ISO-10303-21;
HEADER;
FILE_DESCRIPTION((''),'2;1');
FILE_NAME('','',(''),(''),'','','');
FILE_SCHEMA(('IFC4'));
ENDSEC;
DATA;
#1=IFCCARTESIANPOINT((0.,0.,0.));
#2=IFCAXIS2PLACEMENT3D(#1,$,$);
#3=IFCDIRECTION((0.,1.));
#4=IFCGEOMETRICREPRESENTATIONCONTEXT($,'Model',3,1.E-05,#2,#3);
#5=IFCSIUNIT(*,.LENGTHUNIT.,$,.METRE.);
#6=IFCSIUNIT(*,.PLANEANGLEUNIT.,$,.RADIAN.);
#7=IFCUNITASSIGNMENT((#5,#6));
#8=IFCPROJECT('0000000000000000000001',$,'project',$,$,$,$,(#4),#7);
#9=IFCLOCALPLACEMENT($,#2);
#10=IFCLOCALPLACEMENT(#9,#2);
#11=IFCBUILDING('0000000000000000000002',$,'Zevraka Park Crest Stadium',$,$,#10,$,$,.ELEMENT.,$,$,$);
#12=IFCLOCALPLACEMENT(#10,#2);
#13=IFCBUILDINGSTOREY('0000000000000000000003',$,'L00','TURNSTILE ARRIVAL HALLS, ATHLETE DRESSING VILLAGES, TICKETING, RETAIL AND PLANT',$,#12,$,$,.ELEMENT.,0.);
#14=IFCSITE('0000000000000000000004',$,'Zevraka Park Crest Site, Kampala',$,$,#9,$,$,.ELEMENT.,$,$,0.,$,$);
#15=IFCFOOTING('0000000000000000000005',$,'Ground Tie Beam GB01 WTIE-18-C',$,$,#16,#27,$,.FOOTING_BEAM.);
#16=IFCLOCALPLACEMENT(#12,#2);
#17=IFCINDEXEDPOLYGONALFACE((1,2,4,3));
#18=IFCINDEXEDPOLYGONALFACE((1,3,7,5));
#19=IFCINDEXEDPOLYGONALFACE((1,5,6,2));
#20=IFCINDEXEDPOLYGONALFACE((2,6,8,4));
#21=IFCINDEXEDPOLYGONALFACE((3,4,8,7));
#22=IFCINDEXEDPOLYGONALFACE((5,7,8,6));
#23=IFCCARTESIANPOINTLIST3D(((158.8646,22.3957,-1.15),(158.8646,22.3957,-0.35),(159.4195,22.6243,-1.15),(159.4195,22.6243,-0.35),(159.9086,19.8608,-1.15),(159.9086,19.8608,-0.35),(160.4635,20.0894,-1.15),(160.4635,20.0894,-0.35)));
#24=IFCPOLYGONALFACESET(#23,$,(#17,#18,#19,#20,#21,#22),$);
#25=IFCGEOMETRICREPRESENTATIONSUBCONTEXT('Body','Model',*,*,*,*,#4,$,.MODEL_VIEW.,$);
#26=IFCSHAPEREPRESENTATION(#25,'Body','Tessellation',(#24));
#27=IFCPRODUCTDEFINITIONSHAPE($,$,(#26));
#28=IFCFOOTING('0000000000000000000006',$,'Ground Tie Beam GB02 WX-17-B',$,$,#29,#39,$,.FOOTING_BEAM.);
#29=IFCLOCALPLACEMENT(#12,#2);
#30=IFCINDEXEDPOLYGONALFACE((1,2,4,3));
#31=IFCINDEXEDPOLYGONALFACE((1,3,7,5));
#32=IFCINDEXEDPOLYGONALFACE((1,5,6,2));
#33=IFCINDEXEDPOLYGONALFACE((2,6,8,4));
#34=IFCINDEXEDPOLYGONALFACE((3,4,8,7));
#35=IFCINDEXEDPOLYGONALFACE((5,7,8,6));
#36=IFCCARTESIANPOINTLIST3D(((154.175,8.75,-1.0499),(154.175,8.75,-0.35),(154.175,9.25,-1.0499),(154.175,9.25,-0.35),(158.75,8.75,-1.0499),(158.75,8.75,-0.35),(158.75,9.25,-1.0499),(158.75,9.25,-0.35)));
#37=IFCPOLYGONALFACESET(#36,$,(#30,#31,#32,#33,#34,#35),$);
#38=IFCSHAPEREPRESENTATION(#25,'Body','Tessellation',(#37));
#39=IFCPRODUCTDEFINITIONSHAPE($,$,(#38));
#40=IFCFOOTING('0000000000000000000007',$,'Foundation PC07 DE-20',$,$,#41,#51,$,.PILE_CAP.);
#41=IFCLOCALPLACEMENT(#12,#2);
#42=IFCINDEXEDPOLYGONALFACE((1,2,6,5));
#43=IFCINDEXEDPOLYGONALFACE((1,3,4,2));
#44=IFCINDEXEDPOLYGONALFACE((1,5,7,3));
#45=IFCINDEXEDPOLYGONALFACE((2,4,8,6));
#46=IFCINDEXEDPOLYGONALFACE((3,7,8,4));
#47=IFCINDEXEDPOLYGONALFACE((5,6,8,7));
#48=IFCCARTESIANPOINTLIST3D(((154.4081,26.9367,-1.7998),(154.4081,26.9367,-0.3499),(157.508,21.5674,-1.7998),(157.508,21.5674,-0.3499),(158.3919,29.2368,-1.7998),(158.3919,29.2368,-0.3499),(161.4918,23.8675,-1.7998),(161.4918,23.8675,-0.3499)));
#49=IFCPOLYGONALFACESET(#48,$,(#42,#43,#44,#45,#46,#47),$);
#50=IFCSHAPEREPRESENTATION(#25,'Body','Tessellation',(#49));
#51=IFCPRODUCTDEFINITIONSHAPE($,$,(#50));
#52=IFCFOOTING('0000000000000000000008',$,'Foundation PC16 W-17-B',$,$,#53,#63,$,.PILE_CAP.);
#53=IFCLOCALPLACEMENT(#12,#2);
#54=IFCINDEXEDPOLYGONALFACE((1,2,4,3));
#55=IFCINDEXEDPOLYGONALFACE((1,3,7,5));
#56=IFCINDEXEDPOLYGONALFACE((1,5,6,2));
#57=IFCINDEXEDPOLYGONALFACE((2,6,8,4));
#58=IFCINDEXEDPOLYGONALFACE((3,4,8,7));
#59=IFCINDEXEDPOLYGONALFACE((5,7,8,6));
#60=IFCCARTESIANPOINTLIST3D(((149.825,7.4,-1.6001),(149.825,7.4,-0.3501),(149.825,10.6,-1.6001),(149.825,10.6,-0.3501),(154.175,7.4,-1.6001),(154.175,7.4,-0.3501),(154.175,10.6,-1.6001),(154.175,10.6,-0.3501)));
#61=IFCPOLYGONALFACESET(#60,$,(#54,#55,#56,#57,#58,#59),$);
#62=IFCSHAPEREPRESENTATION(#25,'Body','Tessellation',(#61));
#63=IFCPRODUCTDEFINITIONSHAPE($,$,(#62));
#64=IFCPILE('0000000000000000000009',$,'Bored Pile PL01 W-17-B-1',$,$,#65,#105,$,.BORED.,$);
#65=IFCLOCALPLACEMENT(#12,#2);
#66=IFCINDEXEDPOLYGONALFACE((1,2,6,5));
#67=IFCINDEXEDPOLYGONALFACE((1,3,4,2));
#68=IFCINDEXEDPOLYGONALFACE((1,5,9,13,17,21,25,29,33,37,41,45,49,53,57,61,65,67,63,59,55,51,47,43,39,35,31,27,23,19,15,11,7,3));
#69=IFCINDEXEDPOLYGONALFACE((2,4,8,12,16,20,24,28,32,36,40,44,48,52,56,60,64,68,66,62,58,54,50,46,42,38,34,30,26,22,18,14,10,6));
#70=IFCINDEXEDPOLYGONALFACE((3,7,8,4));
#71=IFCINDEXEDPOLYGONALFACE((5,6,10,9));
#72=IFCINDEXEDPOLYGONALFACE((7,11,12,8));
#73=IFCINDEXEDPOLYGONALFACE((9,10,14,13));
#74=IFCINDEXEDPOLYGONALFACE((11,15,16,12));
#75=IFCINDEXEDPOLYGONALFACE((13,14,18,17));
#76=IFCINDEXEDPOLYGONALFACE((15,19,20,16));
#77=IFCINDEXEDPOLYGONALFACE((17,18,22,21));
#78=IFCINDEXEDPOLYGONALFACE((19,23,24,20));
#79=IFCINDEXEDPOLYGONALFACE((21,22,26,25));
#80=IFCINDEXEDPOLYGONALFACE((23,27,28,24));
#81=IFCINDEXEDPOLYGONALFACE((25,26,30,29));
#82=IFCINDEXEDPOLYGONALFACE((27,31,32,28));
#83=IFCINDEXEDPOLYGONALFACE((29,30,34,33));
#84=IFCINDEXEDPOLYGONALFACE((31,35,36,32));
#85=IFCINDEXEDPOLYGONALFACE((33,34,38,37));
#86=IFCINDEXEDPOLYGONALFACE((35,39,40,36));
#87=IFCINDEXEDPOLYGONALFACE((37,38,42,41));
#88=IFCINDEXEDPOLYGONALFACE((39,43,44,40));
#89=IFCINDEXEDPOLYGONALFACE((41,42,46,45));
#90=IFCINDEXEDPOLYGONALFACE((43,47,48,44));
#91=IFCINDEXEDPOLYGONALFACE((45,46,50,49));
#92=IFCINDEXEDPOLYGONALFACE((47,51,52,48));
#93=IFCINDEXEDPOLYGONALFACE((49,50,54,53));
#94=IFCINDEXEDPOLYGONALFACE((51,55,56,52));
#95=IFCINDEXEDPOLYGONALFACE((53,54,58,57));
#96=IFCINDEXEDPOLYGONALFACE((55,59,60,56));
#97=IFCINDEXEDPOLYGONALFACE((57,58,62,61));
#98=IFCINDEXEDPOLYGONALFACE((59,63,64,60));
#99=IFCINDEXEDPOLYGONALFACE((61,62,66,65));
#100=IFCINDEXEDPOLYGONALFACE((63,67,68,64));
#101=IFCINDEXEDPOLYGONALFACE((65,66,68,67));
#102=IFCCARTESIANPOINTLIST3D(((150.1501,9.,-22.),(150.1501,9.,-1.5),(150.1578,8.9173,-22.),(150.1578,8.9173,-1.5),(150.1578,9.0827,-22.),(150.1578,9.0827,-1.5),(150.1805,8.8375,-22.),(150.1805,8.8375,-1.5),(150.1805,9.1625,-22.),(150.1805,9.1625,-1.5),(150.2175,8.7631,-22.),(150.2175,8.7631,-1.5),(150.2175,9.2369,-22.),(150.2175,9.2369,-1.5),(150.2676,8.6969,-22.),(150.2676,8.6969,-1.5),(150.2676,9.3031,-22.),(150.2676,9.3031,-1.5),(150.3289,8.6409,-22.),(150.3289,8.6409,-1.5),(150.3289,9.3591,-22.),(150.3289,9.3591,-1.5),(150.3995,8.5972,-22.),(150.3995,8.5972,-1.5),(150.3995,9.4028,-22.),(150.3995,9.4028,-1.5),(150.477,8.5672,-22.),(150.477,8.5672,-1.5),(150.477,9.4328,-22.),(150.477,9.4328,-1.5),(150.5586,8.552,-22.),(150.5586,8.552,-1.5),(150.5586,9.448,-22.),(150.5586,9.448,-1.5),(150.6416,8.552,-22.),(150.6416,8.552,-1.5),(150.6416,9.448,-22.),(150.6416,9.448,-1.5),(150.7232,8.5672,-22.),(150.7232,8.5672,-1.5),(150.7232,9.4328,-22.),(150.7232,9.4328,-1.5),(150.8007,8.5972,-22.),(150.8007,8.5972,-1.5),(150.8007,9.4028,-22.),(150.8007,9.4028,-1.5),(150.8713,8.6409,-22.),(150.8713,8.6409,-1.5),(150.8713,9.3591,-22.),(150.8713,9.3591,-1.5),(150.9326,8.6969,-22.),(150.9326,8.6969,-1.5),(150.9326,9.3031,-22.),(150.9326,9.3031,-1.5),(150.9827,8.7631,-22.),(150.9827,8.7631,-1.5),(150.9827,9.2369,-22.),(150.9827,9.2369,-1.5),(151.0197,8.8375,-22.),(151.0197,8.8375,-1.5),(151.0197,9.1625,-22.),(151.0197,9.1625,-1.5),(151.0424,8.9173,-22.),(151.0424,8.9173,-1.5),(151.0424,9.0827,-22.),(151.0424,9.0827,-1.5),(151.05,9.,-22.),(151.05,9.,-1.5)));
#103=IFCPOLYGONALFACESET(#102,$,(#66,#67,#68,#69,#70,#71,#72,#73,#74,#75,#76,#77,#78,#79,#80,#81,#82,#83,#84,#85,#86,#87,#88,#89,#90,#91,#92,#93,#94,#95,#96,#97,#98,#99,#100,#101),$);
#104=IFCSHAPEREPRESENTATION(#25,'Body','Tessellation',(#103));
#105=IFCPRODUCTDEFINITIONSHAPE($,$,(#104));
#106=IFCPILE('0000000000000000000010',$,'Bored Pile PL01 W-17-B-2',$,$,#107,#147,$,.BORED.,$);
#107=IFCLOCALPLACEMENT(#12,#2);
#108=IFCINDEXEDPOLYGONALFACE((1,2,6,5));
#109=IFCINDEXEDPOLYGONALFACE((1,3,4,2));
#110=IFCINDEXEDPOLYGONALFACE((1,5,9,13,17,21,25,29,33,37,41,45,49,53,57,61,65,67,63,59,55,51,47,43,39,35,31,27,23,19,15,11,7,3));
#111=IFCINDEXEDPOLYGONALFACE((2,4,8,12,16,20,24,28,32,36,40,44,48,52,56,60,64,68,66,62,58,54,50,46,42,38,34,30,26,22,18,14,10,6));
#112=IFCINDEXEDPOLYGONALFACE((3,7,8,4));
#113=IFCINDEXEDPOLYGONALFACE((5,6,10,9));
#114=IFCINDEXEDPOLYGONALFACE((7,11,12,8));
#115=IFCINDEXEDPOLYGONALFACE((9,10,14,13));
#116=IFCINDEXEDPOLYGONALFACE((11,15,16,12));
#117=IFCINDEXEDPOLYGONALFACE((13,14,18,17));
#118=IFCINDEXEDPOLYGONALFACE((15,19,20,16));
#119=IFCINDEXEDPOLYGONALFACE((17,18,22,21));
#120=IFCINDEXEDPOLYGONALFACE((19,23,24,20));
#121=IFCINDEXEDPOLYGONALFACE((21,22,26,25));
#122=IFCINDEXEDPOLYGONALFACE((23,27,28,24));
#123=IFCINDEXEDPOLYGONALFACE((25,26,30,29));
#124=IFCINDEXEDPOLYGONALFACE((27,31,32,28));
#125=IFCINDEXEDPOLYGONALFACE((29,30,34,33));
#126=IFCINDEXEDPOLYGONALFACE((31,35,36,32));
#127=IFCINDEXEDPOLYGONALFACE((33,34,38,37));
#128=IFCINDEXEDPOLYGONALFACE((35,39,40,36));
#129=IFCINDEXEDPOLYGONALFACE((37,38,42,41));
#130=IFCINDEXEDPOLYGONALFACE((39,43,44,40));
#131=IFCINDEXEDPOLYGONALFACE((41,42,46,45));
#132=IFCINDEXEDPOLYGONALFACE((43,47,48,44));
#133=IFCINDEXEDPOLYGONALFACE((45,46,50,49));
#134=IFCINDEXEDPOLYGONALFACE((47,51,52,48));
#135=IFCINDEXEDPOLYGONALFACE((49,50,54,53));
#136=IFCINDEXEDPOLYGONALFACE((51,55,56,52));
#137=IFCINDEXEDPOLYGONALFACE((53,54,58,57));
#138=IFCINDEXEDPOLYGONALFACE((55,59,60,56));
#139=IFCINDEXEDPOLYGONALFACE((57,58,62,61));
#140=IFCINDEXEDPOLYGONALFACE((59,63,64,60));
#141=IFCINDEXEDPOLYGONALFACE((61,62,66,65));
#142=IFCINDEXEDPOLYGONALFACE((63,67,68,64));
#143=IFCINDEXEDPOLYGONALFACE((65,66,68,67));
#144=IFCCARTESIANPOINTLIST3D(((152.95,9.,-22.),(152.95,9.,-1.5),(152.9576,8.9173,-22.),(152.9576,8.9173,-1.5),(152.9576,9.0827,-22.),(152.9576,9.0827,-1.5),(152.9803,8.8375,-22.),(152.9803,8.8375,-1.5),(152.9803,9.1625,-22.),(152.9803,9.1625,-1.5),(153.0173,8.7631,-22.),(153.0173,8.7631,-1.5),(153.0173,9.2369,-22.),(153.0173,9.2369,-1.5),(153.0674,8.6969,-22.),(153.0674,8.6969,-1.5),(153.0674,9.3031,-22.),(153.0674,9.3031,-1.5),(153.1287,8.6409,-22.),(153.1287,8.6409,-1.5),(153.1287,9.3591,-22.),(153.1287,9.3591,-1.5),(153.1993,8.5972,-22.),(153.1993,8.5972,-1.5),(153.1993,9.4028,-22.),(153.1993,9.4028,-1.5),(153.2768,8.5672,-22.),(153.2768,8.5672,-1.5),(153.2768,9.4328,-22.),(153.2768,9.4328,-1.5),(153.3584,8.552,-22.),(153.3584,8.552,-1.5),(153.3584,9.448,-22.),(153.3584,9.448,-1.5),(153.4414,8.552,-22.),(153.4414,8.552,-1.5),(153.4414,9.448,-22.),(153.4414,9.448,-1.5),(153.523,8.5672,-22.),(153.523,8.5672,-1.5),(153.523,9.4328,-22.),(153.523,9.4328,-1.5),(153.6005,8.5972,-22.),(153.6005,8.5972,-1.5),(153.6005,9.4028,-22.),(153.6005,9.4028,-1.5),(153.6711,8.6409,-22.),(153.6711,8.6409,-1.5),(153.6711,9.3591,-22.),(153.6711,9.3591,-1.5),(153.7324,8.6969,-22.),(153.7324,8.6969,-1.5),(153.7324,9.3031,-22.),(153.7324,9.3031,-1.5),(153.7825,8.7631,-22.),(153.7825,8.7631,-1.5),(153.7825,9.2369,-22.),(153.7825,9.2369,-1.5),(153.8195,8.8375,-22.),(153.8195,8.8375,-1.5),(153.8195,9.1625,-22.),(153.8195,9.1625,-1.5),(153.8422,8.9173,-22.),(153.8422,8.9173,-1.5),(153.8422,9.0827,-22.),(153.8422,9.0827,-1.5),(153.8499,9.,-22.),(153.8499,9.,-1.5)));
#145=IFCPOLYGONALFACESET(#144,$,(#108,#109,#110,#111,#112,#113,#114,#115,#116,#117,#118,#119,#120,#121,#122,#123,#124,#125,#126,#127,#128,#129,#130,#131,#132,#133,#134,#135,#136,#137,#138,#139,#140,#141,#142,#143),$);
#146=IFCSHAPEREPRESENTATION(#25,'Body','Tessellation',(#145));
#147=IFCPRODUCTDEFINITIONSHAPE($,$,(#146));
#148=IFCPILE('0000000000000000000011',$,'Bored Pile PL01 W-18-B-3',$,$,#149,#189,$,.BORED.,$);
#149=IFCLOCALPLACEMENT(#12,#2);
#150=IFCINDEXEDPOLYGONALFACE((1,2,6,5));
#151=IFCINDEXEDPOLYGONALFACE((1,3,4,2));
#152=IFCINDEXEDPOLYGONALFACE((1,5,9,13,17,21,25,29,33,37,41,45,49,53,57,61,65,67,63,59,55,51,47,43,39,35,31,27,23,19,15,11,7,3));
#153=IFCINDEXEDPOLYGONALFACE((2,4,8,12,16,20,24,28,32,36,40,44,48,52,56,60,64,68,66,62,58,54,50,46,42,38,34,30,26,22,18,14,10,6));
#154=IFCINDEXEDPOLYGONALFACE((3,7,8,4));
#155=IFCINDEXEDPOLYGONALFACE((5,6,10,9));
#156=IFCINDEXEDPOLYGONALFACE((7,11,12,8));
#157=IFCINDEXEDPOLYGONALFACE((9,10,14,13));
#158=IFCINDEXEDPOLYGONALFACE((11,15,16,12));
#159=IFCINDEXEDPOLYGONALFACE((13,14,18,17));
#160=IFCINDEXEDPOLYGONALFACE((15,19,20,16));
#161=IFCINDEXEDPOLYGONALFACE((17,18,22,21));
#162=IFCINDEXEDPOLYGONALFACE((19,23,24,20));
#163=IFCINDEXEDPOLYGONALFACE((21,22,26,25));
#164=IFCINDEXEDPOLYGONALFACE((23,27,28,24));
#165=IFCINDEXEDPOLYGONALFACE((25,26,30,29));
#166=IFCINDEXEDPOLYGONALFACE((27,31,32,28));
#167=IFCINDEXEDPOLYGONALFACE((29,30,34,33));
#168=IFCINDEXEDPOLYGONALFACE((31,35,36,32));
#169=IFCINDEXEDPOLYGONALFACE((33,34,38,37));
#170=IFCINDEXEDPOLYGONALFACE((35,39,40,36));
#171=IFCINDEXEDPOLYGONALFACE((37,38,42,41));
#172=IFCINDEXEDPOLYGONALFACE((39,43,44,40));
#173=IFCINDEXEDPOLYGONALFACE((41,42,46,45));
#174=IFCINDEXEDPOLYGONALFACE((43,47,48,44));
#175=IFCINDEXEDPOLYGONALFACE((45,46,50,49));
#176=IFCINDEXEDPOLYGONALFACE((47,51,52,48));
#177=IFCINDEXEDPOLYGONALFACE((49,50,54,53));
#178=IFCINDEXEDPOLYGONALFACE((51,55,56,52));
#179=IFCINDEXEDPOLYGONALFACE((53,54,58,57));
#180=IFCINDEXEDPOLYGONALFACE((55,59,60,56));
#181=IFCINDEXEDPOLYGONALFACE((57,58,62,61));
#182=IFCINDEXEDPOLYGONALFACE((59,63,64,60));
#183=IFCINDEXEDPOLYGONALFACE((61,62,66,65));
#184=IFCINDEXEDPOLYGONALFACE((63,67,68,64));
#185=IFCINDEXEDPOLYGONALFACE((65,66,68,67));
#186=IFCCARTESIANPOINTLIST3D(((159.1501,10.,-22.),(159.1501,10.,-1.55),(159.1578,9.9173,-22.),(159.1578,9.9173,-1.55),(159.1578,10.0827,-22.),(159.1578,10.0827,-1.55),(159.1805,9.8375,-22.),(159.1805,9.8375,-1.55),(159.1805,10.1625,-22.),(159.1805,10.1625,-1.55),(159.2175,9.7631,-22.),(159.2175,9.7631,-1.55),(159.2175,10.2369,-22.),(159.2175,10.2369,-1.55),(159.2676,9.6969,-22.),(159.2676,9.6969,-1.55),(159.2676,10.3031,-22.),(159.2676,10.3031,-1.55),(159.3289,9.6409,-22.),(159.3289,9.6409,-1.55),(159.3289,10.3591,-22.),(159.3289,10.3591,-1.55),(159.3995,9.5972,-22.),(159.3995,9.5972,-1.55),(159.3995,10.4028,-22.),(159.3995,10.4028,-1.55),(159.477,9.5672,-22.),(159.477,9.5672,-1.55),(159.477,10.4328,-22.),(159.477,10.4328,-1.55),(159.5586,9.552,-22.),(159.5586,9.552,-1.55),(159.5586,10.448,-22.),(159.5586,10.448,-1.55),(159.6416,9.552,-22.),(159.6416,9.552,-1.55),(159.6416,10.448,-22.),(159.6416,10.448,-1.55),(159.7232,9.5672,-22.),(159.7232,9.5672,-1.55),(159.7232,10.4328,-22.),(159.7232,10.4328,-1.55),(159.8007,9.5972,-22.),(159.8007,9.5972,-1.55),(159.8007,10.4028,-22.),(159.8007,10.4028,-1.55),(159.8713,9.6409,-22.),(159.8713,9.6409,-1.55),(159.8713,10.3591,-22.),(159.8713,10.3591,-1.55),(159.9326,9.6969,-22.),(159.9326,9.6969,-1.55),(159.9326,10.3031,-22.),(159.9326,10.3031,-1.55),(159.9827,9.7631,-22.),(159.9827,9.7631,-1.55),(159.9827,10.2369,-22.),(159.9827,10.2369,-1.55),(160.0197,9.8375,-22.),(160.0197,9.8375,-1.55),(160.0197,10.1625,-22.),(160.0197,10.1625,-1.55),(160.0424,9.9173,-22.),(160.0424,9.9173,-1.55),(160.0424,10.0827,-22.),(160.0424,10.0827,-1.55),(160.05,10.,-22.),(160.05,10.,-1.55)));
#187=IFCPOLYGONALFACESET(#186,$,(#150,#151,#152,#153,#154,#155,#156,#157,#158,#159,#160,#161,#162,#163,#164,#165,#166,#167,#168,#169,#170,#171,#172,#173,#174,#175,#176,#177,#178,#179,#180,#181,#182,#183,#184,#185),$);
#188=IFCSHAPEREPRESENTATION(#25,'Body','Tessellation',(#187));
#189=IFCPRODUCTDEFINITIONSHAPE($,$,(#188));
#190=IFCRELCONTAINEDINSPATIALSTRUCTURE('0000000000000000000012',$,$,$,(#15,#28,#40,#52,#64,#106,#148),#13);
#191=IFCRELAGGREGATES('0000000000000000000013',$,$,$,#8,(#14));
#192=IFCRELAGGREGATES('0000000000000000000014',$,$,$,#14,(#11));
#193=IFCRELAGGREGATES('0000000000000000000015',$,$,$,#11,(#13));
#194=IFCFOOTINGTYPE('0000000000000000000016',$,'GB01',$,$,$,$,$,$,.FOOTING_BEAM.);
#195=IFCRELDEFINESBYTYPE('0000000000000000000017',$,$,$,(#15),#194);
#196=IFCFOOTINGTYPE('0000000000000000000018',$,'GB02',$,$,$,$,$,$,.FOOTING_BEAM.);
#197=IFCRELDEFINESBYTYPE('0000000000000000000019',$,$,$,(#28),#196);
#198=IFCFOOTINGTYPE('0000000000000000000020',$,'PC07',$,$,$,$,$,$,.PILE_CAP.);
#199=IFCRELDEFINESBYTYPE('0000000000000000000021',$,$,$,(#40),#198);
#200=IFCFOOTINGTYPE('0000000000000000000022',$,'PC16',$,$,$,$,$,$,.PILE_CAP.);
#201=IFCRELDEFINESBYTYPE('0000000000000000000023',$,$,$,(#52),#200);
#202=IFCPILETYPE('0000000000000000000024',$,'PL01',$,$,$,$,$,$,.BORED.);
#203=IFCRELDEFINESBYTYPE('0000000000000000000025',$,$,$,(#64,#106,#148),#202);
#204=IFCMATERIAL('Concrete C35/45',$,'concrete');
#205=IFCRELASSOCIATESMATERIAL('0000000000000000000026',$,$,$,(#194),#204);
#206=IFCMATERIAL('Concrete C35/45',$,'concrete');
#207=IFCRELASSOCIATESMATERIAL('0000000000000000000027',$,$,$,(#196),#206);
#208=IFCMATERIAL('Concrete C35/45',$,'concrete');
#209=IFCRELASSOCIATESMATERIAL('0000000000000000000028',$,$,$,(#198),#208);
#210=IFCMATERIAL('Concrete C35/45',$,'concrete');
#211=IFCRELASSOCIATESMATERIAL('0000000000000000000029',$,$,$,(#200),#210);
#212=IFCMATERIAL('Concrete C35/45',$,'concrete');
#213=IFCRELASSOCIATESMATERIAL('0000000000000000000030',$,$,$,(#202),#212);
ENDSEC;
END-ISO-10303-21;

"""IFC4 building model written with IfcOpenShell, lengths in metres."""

from ifc_helpers import new_model, si_unit, direction, frame, origin, origin_2d, place, context, subcontext, project, spatial, rectangle, circle, extrude, material, material_profile, profile_set, type_object, element, save


model = new_model("IFC4")

# Units and contexts
model_context = context("Model", 3, precision=1e-05, world=origin(), true_north=direction((0.0, 1.0)))
body_context = subcontext(model_context, "Body", "Model", "MODEL_VIEW")
ifc_project = project(units=[si_unit("LENGTHUNIT", "METRE"), si_unit("PLANEANGLEUNIT", "RADIAN")], contexts=[model_context])

# Site, building, storey
site_placement = place(None, origin())
site = spatial("IfcSite", under=ifc_project, at=site_placement, Name="Zevraka Park Crest Site, Kampala", CompositionType="ELEMENT", RefElevation=0.0)
building_placement = place(site_placement, origin())
building = spatial("IfcBuilding", under=site, at=building_placement, Name="Zevraka Park Crest Stadium", CompositionType="ELEMENT")
storey_placement = place(building_placement, origin())
storey = spatial("IfcBuildingStorey", under=building, at=storey_placement, Name="L00", Description="TURNSTILE ARRIVAL HALLS, ATHLETE DRESSING VILLAGES, TICKETING, RETAIL AND PLANT", CompositionType="ELEMENT", Elevation=0.0)

# Footings
ifc_material_1 = material(Name="Concrete C35/45", Category="concrete")
ifc_material_profile_1 = material_profile(ifc_material_1, rectangle(XDim=0.6001, YDim=0.8, at=origin_2d()), Name="GB 800x600")
ifc_profile_set_1 = profile_set([ifc_material_profile_1], Name="Concrete C35/45")
footing_type_1 = type_object("IfcFootingType", Name="GB01", PredefinedType="FOOTING_BEAM", material=ifc_profile_set_1)
footing_1_placement = place(storey_placement, frame((160.186, 19.9751, -0.75), z_axis=(-0.380799, 0.924658, 0.0), x_axis=(-0.924658, -0.380799, 0.0)))
element("IfcFooting", 1, at=footing_1_placement, inside=storey, type_object=footing_type_1, Name="Ground Tie Beam GB01 WTIE-18-C", PredefinedType="FOOTING_BEAM", context=body_context, shape_type="SweptSolid", body=[
    extrude(rectangle(XDim=0.6001, YDim=0.8, at=origin_2d()), origin(), (0.0, 0.0, 1.0), 2.7415),
])
ifc_material_2 = material(Name="Concrete C35/45", Category="concrete")
ifc_material_profile_2 = material_profile(ifc_material_2, rectangle(XDim=0.5, YDim=0.7, at=origin_2d()), Name="GB 700x500")
ifc_profile_set_2 = profile_set([ifc_material_profile_2], Name="Concrete C35/45")
footing_type_2 = type_object("IfcFootingType", Name="GB02", PredefinedType="FOOTING_BEAM", material=ifc_profile_set_2)
footing_2_placement = place(storey_placement, frame((154.175, 9.0, -0.7), z_axis=(1.0, 0.0, 0.0), x_axis=(0.0, 1.0, 0.0)))
element("IfcFooting", 2, at=footing_2_placement, inside=storey, type_object=footing_type_2, Name="Ground Tie Beam GB02 WX-17-B", PredefinedType="FOOTING_BEAM", context=body_context, shape_type="SweptSolid", body=[
    extrude(rectangle(XDim=0.5, YDim=0.7, at=origin_2d()), origin(), (0.0, 0.0, 1.0), 4.575),
])
ifc_material_3 = material(Name="Concrete C35/45", Category="concrete")
footing_type_3 = type_object("IfcFootingType", Name="PC07", PredefinedType="PILE_CAP", material=ifc_material_3)
footing_3_placement = place(storey_placement, frame((157.95, 25.4021, -1.7998), z_axis=(0.0, 0.0, 1.0), x_axis=(-0.5, 0.866025, 0.0)))
element("IfcFooting", 3, at=footing_3_placement, inside=storey, type_object=footing_type_3, Name="Foundation PC07 DE-20", PredefinedType="PILE_CAP", context=body_context, shape_type="SweptSolid", body=[
    extrude(rectangle(XDim=6.2, YDim=4.6001, at=origin_2d()), origin(), (0.0, 0.0, 1.0), 1.45),
])
ifc_material_4 = material(Name="Concrete C35/45", Category="concrete")
footing_type_4 = type_object("IfcFootingType", Name="PC16", PredefinedType="PILE_CAP", material=ifc_material_4)
footing_4_placement = place(storey_placement, frame((152.0, 9.0, -1.6001), z_axis=(0.0, 0.0, 1.0), x_axis=(1.0, 0.0, 0.0)))
element("IfcFooting", 4, at=footing_4_placement, inside=storey, type_object=footing_type_4, Name="Foundation PC16 W-17-B", PredefinedType="PILE_CAP", context=body_context, shape_type="SweptSolid", body=[
    extrude(rectangle(XDim=4.3501, YDim=3.2, at=origin_2d()), origin(), (0.0, 0.0, 1.0), 1.25),
])

# Piles
ifc_material_5 = material(Name="Concrete C35/45", Category="concrete")
ifc_material_profile_3 = material_profile(ifc_material_5, circle(Radius=0.45, at=origin_2d()), Name="PILE D900")
ifc_profile_set_3 = profile_set([ifc_material_profile_3], Name="Concrete C35/45")
pile_type_1 = type_object("IfcPileType", Name="PL01", PredefinedType="BORED", material=ifc_profile_set_3)
for number, where, z_axis, x_axis, name in (
    (5, (150.6001, 9.0, -1.5), (0.0, 0.0, -1.0), (1.0, 0.0, 0.0), "Bored Pile PL01 W-17-B-1"),
    (6, (153.3999, 9.0, -1.5), (0.0, 0.0, -1.0), (1.0, 0.0, 0.0), "Bored Pile PL01 W-17-B-2"),
):
    element("IfcPile", number, at=place(storey_placement, frame(where, z_axis=z_axis, x_axis=x_axis)), inside=storey, type_object=pile_type_1, Name=name, PredefinedType="BORED", context=body_context, shape_type="SweptSolid", body=[
        extrude(circle(Radius=0.45, at=origin_2d()), origin(), (0.0, 0.0, 1.0), 20.5),
    ])
pile_1_placement = place(storey_placement, frame((159.6001, 10.0, -1.55), z_axis=(0.0, 0.0, -1.0), x_axis=(1.0, 0.0, 0.0)))
element("IfcPile", 7, at=pile_1_placement, inside=storey, type_object=pile_type_1, Name="Bored Pile PL01 W-18-B-3", PredefinedType="BORED", context=body_context, shape_type="SweptSolid", body=[
    extrude(circle(Radius=0.45, at=origin_2d()), origin(), (0.0, 0.0, 1.0), 20.45),
])

save(model, "model.ifc")
